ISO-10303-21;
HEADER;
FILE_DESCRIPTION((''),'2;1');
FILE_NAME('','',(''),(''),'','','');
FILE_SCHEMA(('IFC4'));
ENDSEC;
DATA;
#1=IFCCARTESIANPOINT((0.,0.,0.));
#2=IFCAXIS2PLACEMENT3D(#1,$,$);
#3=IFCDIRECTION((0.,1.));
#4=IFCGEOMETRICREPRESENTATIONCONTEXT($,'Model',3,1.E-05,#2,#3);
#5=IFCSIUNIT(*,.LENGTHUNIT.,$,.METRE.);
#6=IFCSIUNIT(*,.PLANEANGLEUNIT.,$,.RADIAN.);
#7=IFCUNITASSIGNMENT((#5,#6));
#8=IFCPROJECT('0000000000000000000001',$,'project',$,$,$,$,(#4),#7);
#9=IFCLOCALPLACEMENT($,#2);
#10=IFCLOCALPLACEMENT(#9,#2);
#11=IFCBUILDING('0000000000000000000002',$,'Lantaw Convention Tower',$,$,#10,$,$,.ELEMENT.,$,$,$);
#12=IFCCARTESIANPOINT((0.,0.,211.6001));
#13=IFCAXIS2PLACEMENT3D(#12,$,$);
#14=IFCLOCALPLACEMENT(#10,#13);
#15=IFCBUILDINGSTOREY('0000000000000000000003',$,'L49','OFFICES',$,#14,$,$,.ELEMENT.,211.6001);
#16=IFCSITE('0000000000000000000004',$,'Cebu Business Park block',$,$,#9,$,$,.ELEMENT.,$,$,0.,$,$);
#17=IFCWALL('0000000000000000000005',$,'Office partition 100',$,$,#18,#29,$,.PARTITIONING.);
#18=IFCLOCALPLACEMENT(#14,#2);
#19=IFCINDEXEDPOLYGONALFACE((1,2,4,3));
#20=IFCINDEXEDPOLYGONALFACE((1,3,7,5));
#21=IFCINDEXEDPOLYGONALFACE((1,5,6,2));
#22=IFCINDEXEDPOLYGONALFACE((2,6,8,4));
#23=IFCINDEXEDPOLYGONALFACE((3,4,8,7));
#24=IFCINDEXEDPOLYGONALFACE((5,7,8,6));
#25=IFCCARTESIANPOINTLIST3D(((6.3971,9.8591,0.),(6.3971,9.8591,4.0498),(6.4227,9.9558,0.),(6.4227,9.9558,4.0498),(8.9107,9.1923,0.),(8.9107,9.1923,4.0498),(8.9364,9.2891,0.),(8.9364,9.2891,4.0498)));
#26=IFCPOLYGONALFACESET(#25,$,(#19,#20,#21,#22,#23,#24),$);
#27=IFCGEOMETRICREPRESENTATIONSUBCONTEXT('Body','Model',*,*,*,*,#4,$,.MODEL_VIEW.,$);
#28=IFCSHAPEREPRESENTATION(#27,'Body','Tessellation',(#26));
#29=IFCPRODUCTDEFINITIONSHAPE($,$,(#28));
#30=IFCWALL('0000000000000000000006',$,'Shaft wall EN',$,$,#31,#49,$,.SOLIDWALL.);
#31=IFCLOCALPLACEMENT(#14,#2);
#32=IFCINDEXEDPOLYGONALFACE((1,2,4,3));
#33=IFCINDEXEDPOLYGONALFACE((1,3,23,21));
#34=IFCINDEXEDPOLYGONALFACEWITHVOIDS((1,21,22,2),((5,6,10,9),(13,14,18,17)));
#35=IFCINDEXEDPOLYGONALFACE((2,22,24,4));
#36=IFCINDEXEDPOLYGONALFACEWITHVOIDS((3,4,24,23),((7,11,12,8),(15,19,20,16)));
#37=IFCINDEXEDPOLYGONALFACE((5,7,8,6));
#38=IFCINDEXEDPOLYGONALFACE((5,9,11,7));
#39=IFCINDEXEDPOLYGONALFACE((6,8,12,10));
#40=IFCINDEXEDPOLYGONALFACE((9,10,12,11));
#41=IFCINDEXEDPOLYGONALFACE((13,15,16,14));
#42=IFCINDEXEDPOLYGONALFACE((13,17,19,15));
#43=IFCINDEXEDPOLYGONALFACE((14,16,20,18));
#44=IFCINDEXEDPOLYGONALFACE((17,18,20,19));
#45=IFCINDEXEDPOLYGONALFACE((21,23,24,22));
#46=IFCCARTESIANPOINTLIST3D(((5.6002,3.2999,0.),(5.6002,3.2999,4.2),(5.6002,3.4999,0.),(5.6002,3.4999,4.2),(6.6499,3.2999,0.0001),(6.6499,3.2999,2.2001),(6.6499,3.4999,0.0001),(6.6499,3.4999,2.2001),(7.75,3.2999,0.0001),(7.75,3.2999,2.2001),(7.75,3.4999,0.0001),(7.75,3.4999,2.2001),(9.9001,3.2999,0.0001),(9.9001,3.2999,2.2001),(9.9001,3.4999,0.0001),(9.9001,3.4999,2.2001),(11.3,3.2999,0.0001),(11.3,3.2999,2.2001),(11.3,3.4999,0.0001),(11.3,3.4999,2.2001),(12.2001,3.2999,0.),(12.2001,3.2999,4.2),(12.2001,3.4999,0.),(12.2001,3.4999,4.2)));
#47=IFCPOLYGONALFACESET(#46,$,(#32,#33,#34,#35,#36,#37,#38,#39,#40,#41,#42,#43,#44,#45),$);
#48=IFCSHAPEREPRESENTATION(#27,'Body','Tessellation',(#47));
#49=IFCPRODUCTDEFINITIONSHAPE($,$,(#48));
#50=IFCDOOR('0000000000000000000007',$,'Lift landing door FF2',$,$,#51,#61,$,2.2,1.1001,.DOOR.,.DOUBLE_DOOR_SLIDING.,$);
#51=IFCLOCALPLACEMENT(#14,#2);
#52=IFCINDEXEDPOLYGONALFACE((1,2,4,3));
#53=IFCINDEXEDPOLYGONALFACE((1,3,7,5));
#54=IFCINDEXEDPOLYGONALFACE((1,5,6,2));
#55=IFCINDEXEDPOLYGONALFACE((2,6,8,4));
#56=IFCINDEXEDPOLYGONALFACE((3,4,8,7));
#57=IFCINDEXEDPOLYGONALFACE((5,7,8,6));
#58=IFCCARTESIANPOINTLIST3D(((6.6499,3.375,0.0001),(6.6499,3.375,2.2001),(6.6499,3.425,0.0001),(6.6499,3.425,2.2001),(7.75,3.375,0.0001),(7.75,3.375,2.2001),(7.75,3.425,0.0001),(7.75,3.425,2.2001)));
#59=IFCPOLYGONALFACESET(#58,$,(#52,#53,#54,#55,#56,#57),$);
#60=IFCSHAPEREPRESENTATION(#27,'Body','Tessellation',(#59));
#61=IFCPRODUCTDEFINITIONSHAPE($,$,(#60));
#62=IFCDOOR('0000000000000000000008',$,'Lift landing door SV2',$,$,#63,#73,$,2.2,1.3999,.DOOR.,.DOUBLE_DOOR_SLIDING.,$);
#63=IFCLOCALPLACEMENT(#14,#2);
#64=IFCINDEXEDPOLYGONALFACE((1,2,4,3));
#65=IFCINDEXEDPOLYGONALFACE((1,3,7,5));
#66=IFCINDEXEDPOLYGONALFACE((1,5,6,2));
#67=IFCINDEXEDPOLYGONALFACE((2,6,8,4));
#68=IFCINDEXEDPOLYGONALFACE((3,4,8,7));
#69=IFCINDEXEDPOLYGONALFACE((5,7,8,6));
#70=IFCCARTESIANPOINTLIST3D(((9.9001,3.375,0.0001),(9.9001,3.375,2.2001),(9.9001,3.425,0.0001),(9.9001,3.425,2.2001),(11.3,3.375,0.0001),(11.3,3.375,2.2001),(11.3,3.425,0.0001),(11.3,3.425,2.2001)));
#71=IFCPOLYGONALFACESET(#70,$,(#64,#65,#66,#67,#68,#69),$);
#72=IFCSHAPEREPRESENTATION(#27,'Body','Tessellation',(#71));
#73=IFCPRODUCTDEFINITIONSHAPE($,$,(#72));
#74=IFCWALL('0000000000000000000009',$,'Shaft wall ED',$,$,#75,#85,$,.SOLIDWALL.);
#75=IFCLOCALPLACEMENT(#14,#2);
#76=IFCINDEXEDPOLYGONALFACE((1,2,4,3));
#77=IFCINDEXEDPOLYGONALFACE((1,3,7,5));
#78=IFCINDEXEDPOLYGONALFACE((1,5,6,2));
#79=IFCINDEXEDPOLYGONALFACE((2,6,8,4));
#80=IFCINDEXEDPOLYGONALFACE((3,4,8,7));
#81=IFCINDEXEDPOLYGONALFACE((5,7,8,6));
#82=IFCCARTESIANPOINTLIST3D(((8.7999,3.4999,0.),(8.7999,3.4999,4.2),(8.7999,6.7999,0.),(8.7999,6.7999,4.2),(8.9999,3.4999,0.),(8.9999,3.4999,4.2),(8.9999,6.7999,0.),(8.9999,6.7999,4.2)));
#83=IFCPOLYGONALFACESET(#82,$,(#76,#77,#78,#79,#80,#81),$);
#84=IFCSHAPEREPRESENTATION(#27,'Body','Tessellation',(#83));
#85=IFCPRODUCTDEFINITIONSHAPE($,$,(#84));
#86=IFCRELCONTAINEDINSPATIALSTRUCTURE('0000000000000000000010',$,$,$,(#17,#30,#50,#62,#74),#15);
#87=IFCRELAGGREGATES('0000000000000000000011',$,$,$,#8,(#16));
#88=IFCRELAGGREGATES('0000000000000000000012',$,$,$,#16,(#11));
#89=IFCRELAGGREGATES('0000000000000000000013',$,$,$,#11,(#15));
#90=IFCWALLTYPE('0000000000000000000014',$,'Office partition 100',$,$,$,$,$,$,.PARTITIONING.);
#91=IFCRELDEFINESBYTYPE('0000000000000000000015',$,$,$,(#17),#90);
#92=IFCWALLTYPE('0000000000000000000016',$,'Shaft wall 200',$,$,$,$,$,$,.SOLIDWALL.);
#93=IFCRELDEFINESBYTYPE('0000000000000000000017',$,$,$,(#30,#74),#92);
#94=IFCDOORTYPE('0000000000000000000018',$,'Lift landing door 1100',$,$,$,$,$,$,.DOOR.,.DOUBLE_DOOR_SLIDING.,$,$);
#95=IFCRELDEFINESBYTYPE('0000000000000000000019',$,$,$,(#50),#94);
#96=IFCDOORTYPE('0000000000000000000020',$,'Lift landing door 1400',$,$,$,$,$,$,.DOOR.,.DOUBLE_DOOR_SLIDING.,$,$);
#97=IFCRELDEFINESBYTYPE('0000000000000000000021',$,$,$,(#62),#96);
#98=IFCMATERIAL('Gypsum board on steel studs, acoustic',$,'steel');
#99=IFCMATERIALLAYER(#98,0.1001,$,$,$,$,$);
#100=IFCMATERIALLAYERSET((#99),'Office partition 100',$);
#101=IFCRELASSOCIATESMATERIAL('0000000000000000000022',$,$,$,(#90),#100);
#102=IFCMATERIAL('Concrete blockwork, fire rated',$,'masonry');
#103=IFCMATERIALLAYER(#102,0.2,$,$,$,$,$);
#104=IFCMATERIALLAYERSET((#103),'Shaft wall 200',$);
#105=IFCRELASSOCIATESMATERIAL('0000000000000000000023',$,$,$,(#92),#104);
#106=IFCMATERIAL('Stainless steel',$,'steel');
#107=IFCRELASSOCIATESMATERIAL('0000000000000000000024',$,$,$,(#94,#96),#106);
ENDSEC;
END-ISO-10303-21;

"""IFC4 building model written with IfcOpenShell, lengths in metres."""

from ifc_helpers import new_model, si_unit, direction, frame, frame_2d, origin, place, context, subcontext, project, spatial, rectangle, extrude, material, layer, layer_set, type_object, element, fill, save


model = new_model("IFC4")

# Units and contexts
model_context = context("Model", 3, precision=1e-05, world=origin(), true_north=direction((0.0, 1.0)))
body_context = subcontext(model_context, "Body", "Model", "MODEL_VIEW")
ifc_project = project(units=[si_unit("LENGTHUNIT", "METRE"), si_unit("PLANEANGLEUNIT", "RADIAN")], contexts=[model_context])

# Site, building, storey
site_placement = place(None, origin())
site = spatial("IfcSite", under=ifc_project, at=site_placement, Name="Cebu Business Park block", CompositionType="ELEMENT", RefElevation=0.0)
building_placement = place(site_placement, origin())
building = spatial("IfcBuilding", under=site, at=building_placement, Name="Lantaw Convention Tower", CompositionType="ELEMENT")
storey_placement = place(building_placement, frame((0.0, 0.0, 211.6001)))
storey = spatial("IfcBuildingStorey", under=building, at=storey_placement, Name="L49", Description="OFFICES", CompositionType="ELEMENT", Elevation=211.6001)

# Shared definitions
ifc_material_1 = material(Name="Gypsum board on steel studs, acoustic", Category="steel")
ifc_layer_1 = layer(ifc_material_1, 0.1001)
ifc_layer_set_1 = layer_set([ifc_layer_1], Name="Office partition 100")
wall_type_1 = type_object("IfcWallType", Name="Office partition 100", PredefinedType="PARTITIONING", material=ifc_layer_set_1)

# Wall
wall_1_placement = place(storey_placement, frame((6.4099, 9.9075, 0.0), z_axis=(0.0, 0.0, 1.0), x_axis=(0.966575, -0.256383, 0.0)))
element("IfcWall", 1, at=wall_1_placement, inside=storey, type_object=wall_type_1, Name="Office partition 100", PredefinedType="PARTITIONING", context=body_context, shape_type="SweptSolid", body=[
    extrude(rectangle(XDim=2.6006, YDim=0.1001, at=frame_2d((1.3003, 0.0))), origin(), (0.0, 0.0, 1.0), 4.0498),
])

# Wall, openings, doors
ifc_material_2 = material(Name="Concrete blockwork, fire rated", Category="masonry")
ifc_layer_2 = layer(ifc_material_2, 0.2)
ifc_layer_set_2 = layer_set([ifc_layer_2], Name="Shaft wall 200")
wall_type_2 = type_object("IfcWallType", Name="Shaft wall 200", PredefinedType="SOLIDWALL", material=ifc_layer_set_2)
wall_2_placement = place(storey_placement, frame((12.2, 3.3999, 0.0), z_axis=(0.0, 0.0, 1.0), x_axis=(-1.0, 0.0, 0.0)))
wall_2 = element("IfcWall", 2, at=wall_2_placement, inside=storey, type_object=wall_type_2, Name="Shaft wall EN", PredefinedType="SOLIDWALL", context=body_context, shape_type="SweptSolid", body=[
    extrude(rectangle(XDim=6.5999, YDim=0.2, at=frame_2d((3.2998, 0.0))), origin(), (0.0, 0.0, 1.0), 4.2),
])
opening_1_placement = place(wall_2_placement, frame((4.45, 0.0, 0.0)))
opening_1 = element("IfcOpeningElement", 3, at=opening_1_placement, cuts=wall_2, PredefinedType="OPENING", context=body_context, shape_type="SweptSolid", body=[
    extrude(rectangle(XDim=1.1001, YDim=2.2, at=frame_2d((0.55, 1.1001))), frame((0.0, 0.1099, 0.0), z_axis=(0.0, -1.0, 0.0), x_axis=(1.0, 0.0, 0.0)), (0.0, 0.0, 1.0), 0.22),
])
opening_2_placement = place(wall_2_placement, frame((0.8999, 0.0, 0.0)))
opening_2 = element("IfcOpeningElement", 4, at=opening_2_placement, cuts=wall_2, PredefinedType="OPENING", context=body_context, shape_type="SweptSolid", body=[
    extrude(rectangle(XDim=1.3999, YDim=2.2, at=frame_2d((0.7, 1.1001))), frame((0.0, 0.1099, 0.0), z_axis=(0.0, -1.0, 0.0), x_axis=(1.0, 0.0, 0.0)), (0.0, 0.0, 1.0), 0.22),
])
ifc_material_3 = material(Name="Stainless steel", Category="steel")
door_type_1 = type_object("IfcDoorType", Name="Lift landing door 1100", OperationType="DOUBLE_DOOR_SLIDING", PredefinedType="DOOR", material=ifc_material_3)
door_1_placement = place(opening_1_placement, origin())
door_1 = element("IfcDoor", 5, at=door_1_placement, inside=storey, type_object=door_type_1, Name="Lift landing door FF2", OperationType="DOUBLE_DOOR_SLIDING", OverallHeight=2.2, OverallWidth=1.1001, PredefinedType="DOOR", context=body_context, shape_type="SweptSolid", body=[
    extrude(rectangle(XDim=1.1001, YDim=2.2, at=frame_2d((0.55, 1.1001))), frame((0.0, 0.0249, 0.0), z_axis=(0.0, -1.0, 0.0), x_axis=(1.0, 0.0, 0.0)), (0.0, 0.0, 1.0), 0.05),
])
fill(opening_1, door_1)
door_type_2 = type_object("IfcDoorType", Name="Lift landing door 1400", OperationType="DOUBLE_DOOR_SLIDING", PredefinedType="DOOR", material=ifc_material_3)
door_2_placement = place(opening_2_placement, origin())
door_2 = element("IfcDoor", 6, at=door_2_placement, inside=storey, type_object=door_type_2, Name="Lift landing door SV2", OperationType="DOUBLE_DOOR_SLIDING", OverallHeight=2.2, OverallWidth=1.3999, PredefinedType="DOOR", context=body_context, shape_type="SweptSolid", body=[
    extrude(rectangle(XDim=1.3999, YDim=2.2, at=frame_2d((0.7, 1.1001))), frame((0.0, 0.0249, 0.0), z_axis=(0.0, -1.0, 0.0), x_axis=(1.0, 0.0, 0.0)), (0.0, 0.0, 1.0), 0.05),
])
fill(opening_2, door_2)

# Wall
wall_3_placement = place(storey_placement, frame((8.8999, 3.5, 0.0), z_axis=(0.0, 0.0, 1.0), x_axis=(0.0, 1.0, 0.0)))
element("IfcWall", 7, at=wall_3_placement, inside=storey, type_object=wall_type_2, Name="Shaft wall ED", PredefinedType="SOLIDWALL", context=body_context, shape_type="SweptSolid", body=[
    extrude(rectangle(XDim=3.3, YDim=0.2, at=frame_2d((1.6499, 0.0))), origin(), (0.0, 0.0, 1.0), 4.2),
])

save(model, "model.ifc")
